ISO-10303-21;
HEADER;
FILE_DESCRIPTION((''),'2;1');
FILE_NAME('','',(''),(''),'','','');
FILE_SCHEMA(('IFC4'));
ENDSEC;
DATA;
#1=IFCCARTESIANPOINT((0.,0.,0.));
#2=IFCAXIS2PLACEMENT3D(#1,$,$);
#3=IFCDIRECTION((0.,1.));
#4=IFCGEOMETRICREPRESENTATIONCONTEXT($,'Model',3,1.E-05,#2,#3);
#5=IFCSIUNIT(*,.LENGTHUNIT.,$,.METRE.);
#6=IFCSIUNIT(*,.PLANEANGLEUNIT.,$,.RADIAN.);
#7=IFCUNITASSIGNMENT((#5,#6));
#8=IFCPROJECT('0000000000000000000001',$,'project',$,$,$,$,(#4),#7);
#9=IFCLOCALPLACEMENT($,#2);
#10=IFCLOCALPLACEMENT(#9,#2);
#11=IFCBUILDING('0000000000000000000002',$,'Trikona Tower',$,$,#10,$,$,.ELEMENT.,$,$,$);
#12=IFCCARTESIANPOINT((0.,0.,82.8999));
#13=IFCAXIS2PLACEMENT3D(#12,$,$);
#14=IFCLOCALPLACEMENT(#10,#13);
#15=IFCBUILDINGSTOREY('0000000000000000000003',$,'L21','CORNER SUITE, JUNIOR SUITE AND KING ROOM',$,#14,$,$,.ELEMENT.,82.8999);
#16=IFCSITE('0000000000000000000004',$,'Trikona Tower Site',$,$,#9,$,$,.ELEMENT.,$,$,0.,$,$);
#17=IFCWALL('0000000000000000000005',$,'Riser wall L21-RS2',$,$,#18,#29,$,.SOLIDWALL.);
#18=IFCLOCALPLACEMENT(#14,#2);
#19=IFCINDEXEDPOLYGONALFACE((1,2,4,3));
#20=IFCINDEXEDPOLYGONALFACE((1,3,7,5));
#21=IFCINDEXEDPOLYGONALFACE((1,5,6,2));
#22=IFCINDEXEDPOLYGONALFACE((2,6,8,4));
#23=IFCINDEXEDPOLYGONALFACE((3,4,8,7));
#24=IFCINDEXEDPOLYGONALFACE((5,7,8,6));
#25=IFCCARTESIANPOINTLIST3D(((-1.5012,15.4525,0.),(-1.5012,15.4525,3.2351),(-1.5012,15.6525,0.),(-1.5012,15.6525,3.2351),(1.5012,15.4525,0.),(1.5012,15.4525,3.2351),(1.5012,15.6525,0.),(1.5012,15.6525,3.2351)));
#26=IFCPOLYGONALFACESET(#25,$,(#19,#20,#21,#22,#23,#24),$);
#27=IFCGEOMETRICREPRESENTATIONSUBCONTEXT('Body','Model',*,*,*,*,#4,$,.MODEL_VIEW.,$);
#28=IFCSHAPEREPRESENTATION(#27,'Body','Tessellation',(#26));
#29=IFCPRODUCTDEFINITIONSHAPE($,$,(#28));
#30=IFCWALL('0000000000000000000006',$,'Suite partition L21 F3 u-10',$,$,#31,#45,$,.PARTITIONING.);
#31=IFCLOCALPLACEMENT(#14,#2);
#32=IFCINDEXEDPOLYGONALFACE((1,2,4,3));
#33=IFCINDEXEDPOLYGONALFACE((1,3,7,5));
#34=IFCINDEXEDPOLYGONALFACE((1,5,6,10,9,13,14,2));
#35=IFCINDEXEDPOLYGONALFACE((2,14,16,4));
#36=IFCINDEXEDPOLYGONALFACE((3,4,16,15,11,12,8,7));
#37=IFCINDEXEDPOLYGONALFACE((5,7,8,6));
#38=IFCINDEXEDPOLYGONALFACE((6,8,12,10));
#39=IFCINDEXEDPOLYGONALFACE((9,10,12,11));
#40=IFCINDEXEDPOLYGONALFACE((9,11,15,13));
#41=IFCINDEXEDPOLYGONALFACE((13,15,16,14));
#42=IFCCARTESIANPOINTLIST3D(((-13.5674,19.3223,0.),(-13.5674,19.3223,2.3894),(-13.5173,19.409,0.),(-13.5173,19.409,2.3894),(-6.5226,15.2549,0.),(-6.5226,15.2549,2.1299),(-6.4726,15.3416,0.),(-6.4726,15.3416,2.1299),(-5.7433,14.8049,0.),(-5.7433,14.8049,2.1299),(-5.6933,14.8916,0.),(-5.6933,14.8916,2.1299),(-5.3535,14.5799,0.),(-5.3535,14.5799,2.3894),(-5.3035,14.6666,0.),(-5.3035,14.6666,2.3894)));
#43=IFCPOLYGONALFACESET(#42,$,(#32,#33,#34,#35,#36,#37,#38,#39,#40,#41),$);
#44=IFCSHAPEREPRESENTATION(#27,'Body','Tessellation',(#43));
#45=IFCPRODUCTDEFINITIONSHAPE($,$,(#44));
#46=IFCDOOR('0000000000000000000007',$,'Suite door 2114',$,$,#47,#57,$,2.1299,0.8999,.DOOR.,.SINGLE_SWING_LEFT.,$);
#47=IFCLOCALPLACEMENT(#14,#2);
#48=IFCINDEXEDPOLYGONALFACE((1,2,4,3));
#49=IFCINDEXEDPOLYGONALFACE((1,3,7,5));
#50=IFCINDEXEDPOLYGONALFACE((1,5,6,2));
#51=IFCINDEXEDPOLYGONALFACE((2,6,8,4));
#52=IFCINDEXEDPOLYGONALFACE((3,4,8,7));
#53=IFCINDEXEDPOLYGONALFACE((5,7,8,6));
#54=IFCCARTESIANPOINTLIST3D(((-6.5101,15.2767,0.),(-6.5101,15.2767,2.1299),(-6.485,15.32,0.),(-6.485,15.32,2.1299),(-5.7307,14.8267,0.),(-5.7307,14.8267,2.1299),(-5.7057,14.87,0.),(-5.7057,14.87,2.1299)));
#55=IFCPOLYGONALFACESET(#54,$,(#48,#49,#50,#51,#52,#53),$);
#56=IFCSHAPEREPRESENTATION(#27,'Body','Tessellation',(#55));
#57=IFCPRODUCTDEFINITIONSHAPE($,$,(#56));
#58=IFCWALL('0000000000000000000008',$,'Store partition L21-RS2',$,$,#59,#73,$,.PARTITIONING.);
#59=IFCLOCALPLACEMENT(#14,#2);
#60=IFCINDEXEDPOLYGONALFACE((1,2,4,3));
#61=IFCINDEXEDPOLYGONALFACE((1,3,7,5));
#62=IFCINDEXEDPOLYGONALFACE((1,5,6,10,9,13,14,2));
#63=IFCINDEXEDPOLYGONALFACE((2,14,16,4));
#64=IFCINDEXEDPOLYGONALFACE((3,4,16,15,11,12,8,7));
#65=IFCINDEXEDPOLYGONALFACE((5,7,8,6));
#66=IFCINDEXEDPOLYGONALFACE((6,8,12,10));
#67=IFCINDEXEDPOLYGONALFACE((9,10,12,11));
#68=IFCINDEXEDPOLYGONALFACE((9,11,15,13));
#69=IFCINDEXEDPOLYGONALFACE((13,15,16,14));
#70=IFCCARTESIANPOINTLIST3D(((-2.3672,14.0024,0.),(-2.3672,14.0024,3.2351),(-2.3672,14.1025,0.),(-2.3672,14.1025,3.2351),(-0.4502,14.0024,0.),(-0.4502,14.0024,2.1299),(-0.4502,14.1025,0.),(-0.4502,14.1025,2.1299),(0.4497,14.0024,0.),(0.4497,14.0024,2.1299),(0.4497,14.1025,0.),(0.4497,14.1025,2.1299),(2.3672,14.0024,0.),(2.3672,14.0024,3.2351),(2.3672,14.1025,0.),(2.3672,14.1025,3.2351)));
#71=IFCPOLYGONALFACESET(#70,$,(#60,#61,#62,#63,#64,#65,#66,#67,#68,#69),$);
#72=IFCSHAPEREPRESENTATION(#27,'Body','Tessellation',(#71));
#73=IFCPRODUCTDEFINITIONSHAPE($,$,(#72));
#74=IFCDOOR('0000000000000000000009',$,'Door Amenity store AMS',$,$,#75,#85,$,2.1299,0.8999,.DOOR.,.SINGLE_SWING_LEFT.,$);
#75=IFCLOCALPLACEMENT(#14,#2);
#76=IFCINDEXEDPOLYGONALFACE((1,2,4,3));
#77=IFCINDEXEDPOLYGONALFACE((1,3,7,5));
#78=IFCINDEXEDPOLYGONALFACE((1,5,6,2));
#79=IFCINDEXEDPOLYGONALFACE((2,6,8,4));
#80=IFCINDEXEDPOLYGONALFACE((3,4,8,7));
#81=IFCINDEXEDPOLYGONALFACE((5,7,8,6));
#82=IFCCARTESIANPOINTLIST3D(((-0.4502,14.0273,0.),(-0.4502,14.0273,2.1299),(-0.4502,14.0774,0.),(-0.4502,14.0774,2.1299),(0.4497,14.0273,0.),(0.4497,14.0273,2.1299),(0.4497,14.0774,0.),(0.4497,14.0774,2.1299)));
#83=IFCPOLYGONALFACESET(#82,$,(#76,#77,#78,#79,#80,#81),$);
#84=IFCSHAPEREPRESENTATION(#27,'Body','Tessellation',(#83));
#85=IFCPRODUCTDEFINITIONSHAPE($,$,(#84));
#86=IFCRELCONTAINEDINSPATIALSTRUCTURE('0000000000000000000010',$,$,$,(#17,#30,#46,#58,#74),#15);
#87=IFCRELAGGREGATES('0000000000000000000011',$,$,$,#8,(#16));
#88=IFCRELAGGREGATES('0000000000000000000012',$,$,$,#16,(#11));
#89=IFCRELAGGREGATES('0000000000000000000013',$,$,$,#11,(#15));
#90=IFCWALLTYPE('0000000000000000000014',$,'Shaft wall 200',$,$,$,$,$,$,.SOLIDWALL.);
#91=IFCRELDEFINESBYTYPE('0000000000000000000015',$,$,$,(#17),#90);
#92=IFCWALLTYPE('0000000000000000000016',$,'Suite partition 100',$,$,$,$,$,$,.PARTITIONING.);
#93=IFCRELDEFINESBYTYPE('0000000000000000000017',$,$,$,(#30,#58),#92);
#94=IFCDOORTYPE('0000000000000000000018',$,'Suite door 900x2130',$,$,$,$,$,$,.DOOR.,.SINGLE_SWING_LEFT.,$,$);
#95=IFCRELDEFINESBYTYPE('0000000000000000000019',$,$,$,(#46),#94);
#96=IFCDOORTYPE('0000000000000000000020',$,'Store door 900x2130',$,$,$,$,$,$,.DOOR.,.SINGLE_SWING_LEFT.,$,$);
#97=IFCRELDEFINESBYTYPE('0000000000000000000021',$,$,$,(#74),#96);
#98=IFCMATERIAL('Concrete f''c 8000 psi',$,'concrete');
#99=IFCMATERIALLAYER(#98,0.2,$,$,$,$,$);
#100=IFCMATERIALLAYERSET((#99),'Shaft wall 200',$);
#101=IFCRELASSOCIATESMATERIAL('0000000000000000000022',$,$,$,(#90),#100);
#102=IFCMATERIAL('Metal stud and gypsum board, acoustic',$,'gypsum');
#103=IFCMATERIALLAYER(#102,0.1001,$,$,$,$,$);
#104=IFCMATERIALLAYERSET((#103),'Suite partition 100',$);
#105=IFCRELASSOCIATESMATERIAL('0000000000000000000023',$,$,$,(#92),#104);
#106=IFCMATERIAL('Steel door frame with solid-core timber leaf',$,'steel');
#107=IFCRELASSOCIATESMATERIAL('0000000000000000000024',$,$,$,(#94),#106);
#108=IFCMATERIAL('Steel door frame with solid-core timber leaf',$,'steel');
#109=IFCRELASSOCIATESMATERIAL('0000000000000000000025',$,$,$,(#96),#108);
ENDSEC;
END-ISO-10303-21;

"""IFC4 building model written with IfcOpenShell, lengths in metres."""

from ifc_helpers import new_model, si_unit, direction, frame, frame_2d, origin, place, context, subcontext, project, spatial, rectangle, extrude, material, layer, layer_set, type_object, element, fill, save


model = new_model("IFC4")

# Units and contexts
model_context = context("Model", 3, precision=1e-05, world=origin(), true_north=direction((0.0, 1.0)))
body_context = subcontext(model_context, "Body", "Model", "MODEL_VIEW")
ifc_project = project(units=[si_unit("LENGTHUNIT", "METRE"), si_unit("PLANEANGLEUNIT", "RADIAN")], contexts=[model_context])

# Site, building, storey
site_placement = place(None, origin())
site = spatial("IfcSite", under=ifc_project, at=site_placement, Name="Trikona Tower Site", CompositionType="ELEMENT", RefElevation=0.0)
building_placement = place(site_placement, origin())
building = spatial("IfcBuilding", under=site, at=building_placement, Name="Trikona Tower", CompositionType="ELEMENT")
storey_placement = place(building_placement, frame((0.0, 0.0, 82.8999)))
storey = spatial("IfcBuildingStorey", under=building, at=storey_placement, Name="L21", Description="CORNER SUITE, JUNIOR SUITE AND KING ROOM", CompositionType="ELEMENT", Elevation=82.8999)

# Wall
ifc_material_1 = material(Name="Concrete f'c 8000 psi", Category="concrete")
ifc_layer_1 = layer(ifc_material_1, 0.2)
ifc_layer_set_1 = layer_set([ifc_layer_1], Name="Shaft wall 200")
wall_type_1 = type_object("IfcWallType", Name="Shaft wall 200", PredefinedType="SOLIDWALL", material=ifc_layer_set_1)
wall_1_placement = place(storey_placement, frame((-1.5012, 15.5525, 0.0), z_axis=(0.0, 0.0, 1.0), x_axis=(1.0, 0.0, 0.0)))
element("IfcWall", 1, at=wall_1_placement, inside=storey, type_object=wall_type_1, Name="Riser wall L21-RS2", PredefinedType="SOLIDWALL", context=body_context, shape_type="SweptSolid", body=[
    extrude(rectangle(XDim=3.0024, YDim=0.2, at=frame_2d((1.5012, 0.0))), origin(), (0.0, 0.0, 1.0), 3.2351),
])

# Walls, openings, doors
ifc_material_2 = material(Name="Metal stud and gypsum board, acoustic", Category="gypsum")
ifc_layer_2 = layer(ifc_material_2, 0.1001)
ifc_layer_set_2 = layer_set([ifc_layer_2], Name="Suite partition 100")
wall_type_2 = type_object("IfcWallType", Name="Suite partition 100", PredefinedType="PARTITIONING", material=ifc_layer_set_2)
wall_2_placement = place(storey_placement, frame((-5.3286, 14.6233, 0.0), z_axis=(0.0, 0.0, 1.0), x_axis=(-0.866018, 0.500012, 0.0)))
wall_2 = element("IfcWall", 2, at=wall_2_placement, inside=storey, type_object=wall_type_2, Name="Suite partition L21 F3 u-10", PredefinedType="PARTITIONING", context=body_context, shape_type="SweptSolid", body=[
    extrude(rectangle(XDim=9.4846, YDim=0.1001, at=frame_2d((4.7422, 0.0))), origin(), (0.0, 0.0, 1.0), 2.3894),
])
opening_1_placement = place(wall_2_placement, frame((0.45, 0.0, 0.0)))
opening_1 = element("IfcOpeningElement", 3, at=opening_1_placement, cuts=wall_2, PredefinedType="OPENING", context=body_context, shape_type="SweptSolid", body=[
    extrude(rectangle(XDim=0.8999, YDim=2.1299, at=frame_2d((0.45, 1.0649))), frame((0.0, 0.0601, 0.0), z_axis=(0.0, -1.0, 0.0), x_axis=(1.0, 0.0, 0.0)), (0.0, 0.0, 1.0), 0.1201),
])
ifc_material_3 = material(Name="Steel door frame with solid-core timber leaf", Category="steel")
door_type_1 = type_object("IfcDoorType", Name="Suite door 900x2130", OperationType="SINGLE_SWING_LEFT", PredefinedType="DOOR", material=ifc_material_3)
door_1_placement = place(opening_1_placement, origin())
door_1 = element("IfcDoor", 4, at=door_1_placement, inside=storey, type_object=door_type_1, Name="Suite door 2114", OperationType="SINGLE_SWING_LEFT", OverallHeight=2.1299, OverallWidth=0.8999, PredefinedType="DOOR", context=body_context, shape_type="SweptSolid", body=[
    extrude(rectangle(XDim=0.8999, YDim=2.1299, at=frame_2d((0.45, 1.0649))), frame((0.0, 0.0249, 0.0), z_axis=(0.0, -1.0, 0.0), x_axis=(1.0, 0.0, 0.0)), (0.0, 0.0, 1.0), 0.05),
])
fill(opening_1, door_1)
wall_3_placement = place(storey_placement, frame((-2.3672, 14.0525, 0.0), z_axis=(0.0, 0.0, 1.0), x_axis=(1.0, 0.0, 0.0)))
wall_3 = element("IfcWall", 5, at=wall_3_placement, inside=storey, type_object=wall_type_2, Name="Store partition L21-RS2", PredefinedType="PARTITIONING", context=body_context, shape_type="SweptSolid", body=[
    extrude(rectangle(XDim=4.7344, YDim=0.1001, at=frame_2d((2.3672, 0.0))), origin(), (0.0, 0.0, 1.0), 3.2351),
])
opening_2_placement = place(wall_3_placement, frame((1.917, 0.0, 0.0)))
opening_2 = element("IfcOpeningElement", 6, at=opening_2_placement, cuts=wall_3, PredefinedType="OPENING", context=body_context, shape_type="SweptSolid", body=[
    extrude(rectangle(XDim=0.8999, YDim=2.1299, at=frame_2d((0.45, 1.0649))), frame((0.0, 0.0601, 0.0), z_axis=(0.0, -1.0, 0.0), x_axis=(1.0, 0.0, 0.0)), (0.0, 0.0, 1.0), 0.1201),
])
ifc_material_4 = material(Name="Steel door frame with solid-core timber leaf", Category="steel")
door_type_2 = type_object("IfcDoorType", Name="Store door 900x2130", OperationType="SINGLE_SWING_LEFT", PredefinedType="DOOR", material=ifc_material_4)
door_2_placement = place(opening_2_placement, origin())
door_2 = element("IfcDoor", 7, at=door_2_placement, inside=storey, type_object=door_type_2, Name="Door Amenity store AMS", OperationType="SINGLE_SWING_LEFT", OverallHeight=2.1299, OverallWidth=0.8999, PredefinedType="DOOR", context=body_context, shape_type="SweptSolid", body=[
    extrude(rectangle(XDim=0.8999, YDim=2.1299, at=frame_2d((0.45, 1.0649))), frame((0.0, 0.0249, 0.0), z_axis=(0.0, -1.0, 0.0), x_axis=(1.0, 0.0, 0.0)), (0.0, 0.0, 1.0), 0.05),
])
fill(opening_2, door_2)

save(model, "model.ifc")
